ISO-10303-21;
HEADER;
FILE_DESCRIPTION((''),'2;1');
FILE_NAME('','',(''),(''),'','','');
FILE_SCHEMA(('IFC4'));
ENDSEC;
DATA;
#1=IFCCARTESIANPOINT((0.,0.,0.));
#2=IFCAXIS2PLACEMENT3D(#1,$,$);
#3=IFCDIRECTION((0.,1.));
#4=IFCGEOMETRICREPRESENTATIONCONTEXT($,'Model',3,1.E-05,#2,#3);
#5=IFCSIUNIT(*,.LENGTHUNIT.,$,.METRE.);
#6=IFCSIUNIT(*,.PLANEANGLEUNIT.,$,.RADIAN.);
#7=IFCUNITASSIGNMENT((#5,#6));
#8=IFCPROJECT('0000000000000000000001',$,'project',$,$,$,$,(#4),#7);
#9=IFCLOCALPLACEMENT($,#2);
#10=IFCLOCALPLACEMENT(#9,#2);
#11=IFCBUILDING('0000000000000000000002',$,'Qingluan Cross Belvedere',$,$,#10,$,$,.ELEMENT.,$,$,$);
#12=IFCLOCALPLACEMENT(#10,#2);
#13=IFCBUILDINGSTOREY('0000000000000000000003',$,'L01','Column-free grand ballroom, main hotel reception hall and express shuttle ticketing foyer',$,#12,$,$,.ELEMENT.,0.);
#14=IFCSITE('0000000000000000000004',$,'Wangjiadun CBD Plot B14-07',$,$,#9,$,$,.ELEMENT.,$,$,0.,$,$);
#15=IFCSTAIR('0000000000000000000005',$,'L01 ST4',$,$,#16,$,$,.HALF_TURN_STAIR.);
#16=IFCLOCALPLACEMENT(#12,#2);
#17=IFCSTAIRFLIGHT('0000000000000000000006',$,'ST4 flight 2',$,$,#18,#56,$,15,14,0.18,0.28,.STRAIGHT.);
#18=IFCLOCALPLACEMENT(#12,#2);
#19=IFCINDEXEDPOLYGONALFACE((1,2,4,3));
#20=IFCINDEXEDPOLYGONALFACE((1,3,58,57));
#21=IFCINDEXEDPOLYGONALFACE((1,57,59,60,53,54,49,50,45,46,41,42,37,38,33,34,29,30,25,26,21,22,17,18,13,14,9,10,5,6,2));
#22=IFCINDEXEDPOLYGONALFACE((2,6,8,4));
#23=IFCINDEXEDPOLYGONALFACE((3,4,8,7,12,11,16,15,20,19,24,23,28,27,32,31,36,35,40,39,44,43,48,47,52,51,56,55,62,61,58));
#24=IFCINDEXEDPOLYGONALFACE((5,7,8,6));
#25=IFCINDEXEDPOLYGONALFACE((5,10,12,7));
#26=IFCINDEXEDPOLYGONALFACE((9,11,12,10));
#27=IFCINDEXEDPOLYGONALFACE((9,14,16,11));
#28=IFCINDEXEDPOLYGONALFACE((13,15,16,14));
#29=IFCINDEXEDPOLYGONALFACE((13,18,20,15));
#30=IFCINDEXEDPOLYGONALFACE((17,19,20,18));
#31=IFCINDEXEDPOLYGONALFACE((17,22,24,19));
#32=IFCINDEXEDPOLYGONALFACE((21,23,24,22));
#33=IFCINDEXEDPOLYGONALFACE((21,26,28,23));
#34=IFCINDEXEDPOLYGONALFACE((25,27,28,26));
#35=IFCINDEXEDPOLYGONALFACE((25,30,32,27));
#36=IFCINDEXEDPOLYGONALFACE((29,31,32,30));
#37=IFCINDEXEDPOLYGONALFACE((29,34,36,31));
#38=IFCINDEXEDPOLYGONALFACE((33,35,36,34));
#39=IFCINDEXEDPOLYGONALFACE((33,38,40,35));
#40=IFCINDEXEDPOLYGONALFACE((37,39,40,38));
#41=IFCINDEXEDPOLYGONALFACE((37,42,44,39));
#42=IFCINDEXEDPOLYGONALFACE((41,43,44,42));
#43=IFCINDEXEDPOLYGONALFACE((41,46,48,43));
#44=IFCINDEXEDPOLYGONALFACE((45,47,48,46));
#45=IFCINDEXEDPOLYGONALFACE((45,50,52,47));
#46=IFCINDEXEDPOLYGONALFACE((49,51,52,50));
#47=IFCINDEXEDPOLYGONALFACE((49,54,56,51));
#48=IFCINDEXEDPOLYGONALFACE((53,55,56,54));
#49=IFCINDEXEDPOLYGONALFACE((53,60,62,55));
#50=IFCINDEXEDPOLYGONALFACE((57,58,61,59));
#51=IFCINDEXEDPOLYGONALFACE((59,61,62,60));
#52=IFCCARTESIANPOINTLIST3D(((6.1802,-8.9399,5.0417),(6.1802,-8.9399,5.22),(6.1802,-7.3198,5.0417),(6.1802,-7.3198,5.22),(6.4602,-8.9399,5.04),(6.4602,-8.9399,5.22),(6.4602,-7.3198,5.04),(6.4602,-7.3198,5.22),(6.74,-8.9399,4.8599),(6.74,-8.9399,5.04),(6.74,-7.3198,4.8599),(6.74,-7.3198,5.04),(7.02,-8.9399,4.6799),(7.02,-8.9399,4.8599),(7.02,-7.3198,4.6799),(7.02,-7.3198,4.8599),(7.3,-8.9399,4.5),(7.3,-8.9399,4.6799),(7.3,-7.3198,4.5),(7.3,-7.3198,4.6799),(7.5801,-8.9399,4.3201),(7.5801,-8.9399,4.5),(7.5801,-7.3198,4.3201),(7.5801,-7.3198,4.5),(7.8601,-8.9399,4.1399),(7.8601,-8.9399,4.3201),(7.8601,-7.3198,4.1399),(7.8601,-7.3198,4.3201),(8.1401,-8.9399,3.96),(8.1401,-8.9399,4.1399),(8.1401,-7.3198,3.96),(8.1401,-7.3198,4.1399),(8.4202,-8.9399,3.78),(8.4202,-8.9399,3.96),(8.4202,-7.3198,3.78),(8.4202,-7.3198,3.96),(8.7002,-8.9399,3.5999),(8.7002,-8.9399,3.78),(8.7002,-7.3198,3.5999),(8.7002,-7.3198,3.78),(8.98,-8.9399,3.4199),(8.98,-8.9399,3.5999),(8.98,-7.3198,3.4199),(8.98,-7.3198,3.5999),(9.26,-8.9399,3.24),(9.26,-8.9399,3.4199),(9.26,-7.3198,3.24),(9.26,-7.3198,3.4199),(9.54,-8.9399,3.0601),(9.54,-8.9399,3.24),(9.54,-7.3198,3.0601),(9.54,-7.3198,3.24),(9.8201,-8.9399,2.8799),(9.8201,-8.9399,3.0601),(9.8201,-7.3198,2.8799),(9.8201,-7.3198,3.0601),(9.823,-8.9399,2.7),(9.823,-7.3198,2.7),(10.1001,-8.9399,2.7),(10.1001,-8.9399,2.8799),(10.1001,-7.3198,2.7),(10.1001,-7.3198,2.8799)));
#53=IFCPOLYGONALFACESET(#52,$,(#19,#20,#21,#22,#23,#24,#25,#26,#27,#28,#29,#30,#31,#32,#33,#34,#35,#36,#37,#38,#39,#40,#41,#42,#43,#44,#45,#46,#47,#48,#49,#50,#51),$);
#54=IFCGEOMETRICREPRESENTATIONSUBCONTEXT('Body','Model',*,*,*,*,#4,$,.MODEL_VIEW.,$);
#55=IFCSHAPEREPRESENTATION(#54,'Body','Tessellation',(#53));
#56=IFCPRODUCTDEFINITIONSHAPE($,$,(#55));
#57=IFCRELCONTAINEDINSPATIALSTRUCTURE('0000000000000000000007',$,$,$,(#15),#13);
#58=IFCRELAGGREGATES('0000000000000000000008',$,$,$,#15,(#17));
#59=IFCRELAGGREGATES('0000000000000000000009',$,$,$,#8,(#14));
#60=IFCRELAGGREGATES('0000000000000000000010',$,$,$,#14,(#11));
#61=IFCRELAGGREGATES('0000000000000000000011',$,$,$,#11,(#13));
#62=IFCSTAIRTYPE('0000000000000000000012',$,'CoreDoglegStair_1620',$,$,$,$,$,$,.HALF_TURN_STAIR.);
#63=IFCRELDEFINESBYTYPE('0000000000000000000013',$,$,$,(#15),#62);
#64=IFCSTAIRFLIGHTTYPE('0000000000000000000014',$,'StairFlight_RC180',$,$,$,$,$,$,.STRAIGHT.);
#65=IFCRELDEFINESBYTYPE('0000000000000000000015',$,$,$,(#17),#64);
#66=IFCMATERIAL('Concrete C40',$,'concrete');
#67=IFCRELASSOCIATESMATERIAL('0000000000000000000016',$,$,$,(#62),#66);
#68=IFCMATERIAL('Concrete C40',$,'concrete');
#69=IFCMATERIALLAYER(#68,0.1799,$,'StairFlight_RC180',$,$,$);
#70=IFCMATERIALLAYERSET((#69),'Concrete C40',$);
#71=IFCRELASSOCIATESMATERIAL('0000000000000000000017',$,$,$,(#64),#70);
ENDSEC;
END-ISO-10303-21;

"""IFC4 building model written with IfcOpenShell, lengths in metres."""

from ifc_helpers import new_model, si_unit, direction, frame, origin, place, context, subcontext, project, spatial, polyline, outline, extrude, material, layer, layer_set, type_object, element, aggregate, save


model = new_model("IFC4")

# Units and contexts
model_context = context("Model", 3, precision=1e-05, world=origin(), true_north=direction((0.0, 1.0)))
body_context = subcontext(model_context, "Body", "Model", "MODEL_VIEW")
ifc_project = project(units=[si_unit("LENGTHUNIT", "METRE"), si_unit("PLANEANGLEUNIT", "RADIAN")], contexts=[model_context])

# Site, building, storey
site_placement = place(None, origin())
site = spatial("IfcSite", under=ifc_project, at=site_placement, Name="Wangjiadun CBD Plot B14-07", CompositionType="ELEMENT", RefElevation=0.0)
building_placement = place(site_placement, origin())
building = spatial("IfcBuilding", under=site, at=building_placement, Name="Qingluan Cross Belvedere", CompositionType="ELEMENT")
storey_placement = place(building_placement, origin())
storey = spatial("IfcBuildingStorey", under=building, at=storey_placement, Name="L01", Description="Column-free grand ballroom, main hotel reception hall and express shuttle ticketing foyer", CompositionType="ELEMENT", Elevation=0.0)

# Shared definitions
ifc_material_1 = material(Name="Concrete C40", Category="concrete")
stair_type = type_object("IfcStairType", Name="CoreDoglegStair_1620", PredefinedType="HALF_TURN_STAIR", material=ifc_material_1)
ifc_material_2 = material(Name="Concrete C40", Category="concrete")
ifc_layer_1 = layer(ifc_material_2, 0.1799, Name="StairFlight_RC180")
ifc_layer_set_1 = layer_set([ifc_layer_1], Name="Concrete C40")
stair_flight_type = type_object("IfcStairFlightType", Name="StairFlight_RC180", PredefinedType="STRAIGHT", material=ifc_layer_set_1)

# Stair, stair flight
stair_1_placement = place(storey_placement, origin())
stair_1 = element("IfcStair", 1, at=stair_1_placement, inside=storey, type_object=stair_type, Name="L01 ST4", PredefinedType="HALF_TURN_STAIR")
stair_flight_1_placement = place(storey_placement, frame((10.1001, -8.1299, 2.7), z_axis=(0.0, 0.0, 1.0), x_axis=(-1.0, 0.0, 0.0)))
stair_flight_1 = element("IfcStairFlight", 2, at=stair_flight_1_placement, type_object=stair_flight_type, Name="ST4 flight 2", NumberOfRisers=15, NumberOfTreads=14, PredefinedType="STRAIGHT", RiserHeight=0.18, TreadLength=0.28, context=body_context, shape_type="SweptSolid", body=[
    extrude(outline(polyline([(0.0, 0.0), (0.0, 0.1799), (0.28, 0.1799), (0.28, 0.3601), (0.5601, 0.3601), (0.5601, 0.54), (0.8401, 0.54), (0.8401, 0.72), (1.1201, 0.72), (1.1201, 0.8999), (1.3999, 0.8999), (1.3999, 1.0801), (1.6799, 1.0801), (1.6799, 1.26), (1.96, 1.26), (1.96, 1.4399), (2.24, 1.4399), (2.24, 1.6201), (2.52, 1.6201), (2.52, 1.8), (2.8, 1.8), (2.8, 1.98), (3.0801, 1.98), (3.0801, 2.1599), (3.3601, 2.1599), (3.3601, 2.3401), (3.6399, 2.3401), (3.6399, 2.52), (3.9199, 2.52), (3.9199, 2.7), (3.9199, 2.3418), (0.2771, 0.0), (0.0, 0.0)])), frame((0.0, 0.8101, 0.0), z_axis=(0.0, -1.0, 0.0), x_axis=(1.0, 0.0, 0.0)), (0.0, 0.0, 1.0), 1.6201),
])
aggregate(stair_1, [stair_flight_1])

save(model, "model.ifc")
